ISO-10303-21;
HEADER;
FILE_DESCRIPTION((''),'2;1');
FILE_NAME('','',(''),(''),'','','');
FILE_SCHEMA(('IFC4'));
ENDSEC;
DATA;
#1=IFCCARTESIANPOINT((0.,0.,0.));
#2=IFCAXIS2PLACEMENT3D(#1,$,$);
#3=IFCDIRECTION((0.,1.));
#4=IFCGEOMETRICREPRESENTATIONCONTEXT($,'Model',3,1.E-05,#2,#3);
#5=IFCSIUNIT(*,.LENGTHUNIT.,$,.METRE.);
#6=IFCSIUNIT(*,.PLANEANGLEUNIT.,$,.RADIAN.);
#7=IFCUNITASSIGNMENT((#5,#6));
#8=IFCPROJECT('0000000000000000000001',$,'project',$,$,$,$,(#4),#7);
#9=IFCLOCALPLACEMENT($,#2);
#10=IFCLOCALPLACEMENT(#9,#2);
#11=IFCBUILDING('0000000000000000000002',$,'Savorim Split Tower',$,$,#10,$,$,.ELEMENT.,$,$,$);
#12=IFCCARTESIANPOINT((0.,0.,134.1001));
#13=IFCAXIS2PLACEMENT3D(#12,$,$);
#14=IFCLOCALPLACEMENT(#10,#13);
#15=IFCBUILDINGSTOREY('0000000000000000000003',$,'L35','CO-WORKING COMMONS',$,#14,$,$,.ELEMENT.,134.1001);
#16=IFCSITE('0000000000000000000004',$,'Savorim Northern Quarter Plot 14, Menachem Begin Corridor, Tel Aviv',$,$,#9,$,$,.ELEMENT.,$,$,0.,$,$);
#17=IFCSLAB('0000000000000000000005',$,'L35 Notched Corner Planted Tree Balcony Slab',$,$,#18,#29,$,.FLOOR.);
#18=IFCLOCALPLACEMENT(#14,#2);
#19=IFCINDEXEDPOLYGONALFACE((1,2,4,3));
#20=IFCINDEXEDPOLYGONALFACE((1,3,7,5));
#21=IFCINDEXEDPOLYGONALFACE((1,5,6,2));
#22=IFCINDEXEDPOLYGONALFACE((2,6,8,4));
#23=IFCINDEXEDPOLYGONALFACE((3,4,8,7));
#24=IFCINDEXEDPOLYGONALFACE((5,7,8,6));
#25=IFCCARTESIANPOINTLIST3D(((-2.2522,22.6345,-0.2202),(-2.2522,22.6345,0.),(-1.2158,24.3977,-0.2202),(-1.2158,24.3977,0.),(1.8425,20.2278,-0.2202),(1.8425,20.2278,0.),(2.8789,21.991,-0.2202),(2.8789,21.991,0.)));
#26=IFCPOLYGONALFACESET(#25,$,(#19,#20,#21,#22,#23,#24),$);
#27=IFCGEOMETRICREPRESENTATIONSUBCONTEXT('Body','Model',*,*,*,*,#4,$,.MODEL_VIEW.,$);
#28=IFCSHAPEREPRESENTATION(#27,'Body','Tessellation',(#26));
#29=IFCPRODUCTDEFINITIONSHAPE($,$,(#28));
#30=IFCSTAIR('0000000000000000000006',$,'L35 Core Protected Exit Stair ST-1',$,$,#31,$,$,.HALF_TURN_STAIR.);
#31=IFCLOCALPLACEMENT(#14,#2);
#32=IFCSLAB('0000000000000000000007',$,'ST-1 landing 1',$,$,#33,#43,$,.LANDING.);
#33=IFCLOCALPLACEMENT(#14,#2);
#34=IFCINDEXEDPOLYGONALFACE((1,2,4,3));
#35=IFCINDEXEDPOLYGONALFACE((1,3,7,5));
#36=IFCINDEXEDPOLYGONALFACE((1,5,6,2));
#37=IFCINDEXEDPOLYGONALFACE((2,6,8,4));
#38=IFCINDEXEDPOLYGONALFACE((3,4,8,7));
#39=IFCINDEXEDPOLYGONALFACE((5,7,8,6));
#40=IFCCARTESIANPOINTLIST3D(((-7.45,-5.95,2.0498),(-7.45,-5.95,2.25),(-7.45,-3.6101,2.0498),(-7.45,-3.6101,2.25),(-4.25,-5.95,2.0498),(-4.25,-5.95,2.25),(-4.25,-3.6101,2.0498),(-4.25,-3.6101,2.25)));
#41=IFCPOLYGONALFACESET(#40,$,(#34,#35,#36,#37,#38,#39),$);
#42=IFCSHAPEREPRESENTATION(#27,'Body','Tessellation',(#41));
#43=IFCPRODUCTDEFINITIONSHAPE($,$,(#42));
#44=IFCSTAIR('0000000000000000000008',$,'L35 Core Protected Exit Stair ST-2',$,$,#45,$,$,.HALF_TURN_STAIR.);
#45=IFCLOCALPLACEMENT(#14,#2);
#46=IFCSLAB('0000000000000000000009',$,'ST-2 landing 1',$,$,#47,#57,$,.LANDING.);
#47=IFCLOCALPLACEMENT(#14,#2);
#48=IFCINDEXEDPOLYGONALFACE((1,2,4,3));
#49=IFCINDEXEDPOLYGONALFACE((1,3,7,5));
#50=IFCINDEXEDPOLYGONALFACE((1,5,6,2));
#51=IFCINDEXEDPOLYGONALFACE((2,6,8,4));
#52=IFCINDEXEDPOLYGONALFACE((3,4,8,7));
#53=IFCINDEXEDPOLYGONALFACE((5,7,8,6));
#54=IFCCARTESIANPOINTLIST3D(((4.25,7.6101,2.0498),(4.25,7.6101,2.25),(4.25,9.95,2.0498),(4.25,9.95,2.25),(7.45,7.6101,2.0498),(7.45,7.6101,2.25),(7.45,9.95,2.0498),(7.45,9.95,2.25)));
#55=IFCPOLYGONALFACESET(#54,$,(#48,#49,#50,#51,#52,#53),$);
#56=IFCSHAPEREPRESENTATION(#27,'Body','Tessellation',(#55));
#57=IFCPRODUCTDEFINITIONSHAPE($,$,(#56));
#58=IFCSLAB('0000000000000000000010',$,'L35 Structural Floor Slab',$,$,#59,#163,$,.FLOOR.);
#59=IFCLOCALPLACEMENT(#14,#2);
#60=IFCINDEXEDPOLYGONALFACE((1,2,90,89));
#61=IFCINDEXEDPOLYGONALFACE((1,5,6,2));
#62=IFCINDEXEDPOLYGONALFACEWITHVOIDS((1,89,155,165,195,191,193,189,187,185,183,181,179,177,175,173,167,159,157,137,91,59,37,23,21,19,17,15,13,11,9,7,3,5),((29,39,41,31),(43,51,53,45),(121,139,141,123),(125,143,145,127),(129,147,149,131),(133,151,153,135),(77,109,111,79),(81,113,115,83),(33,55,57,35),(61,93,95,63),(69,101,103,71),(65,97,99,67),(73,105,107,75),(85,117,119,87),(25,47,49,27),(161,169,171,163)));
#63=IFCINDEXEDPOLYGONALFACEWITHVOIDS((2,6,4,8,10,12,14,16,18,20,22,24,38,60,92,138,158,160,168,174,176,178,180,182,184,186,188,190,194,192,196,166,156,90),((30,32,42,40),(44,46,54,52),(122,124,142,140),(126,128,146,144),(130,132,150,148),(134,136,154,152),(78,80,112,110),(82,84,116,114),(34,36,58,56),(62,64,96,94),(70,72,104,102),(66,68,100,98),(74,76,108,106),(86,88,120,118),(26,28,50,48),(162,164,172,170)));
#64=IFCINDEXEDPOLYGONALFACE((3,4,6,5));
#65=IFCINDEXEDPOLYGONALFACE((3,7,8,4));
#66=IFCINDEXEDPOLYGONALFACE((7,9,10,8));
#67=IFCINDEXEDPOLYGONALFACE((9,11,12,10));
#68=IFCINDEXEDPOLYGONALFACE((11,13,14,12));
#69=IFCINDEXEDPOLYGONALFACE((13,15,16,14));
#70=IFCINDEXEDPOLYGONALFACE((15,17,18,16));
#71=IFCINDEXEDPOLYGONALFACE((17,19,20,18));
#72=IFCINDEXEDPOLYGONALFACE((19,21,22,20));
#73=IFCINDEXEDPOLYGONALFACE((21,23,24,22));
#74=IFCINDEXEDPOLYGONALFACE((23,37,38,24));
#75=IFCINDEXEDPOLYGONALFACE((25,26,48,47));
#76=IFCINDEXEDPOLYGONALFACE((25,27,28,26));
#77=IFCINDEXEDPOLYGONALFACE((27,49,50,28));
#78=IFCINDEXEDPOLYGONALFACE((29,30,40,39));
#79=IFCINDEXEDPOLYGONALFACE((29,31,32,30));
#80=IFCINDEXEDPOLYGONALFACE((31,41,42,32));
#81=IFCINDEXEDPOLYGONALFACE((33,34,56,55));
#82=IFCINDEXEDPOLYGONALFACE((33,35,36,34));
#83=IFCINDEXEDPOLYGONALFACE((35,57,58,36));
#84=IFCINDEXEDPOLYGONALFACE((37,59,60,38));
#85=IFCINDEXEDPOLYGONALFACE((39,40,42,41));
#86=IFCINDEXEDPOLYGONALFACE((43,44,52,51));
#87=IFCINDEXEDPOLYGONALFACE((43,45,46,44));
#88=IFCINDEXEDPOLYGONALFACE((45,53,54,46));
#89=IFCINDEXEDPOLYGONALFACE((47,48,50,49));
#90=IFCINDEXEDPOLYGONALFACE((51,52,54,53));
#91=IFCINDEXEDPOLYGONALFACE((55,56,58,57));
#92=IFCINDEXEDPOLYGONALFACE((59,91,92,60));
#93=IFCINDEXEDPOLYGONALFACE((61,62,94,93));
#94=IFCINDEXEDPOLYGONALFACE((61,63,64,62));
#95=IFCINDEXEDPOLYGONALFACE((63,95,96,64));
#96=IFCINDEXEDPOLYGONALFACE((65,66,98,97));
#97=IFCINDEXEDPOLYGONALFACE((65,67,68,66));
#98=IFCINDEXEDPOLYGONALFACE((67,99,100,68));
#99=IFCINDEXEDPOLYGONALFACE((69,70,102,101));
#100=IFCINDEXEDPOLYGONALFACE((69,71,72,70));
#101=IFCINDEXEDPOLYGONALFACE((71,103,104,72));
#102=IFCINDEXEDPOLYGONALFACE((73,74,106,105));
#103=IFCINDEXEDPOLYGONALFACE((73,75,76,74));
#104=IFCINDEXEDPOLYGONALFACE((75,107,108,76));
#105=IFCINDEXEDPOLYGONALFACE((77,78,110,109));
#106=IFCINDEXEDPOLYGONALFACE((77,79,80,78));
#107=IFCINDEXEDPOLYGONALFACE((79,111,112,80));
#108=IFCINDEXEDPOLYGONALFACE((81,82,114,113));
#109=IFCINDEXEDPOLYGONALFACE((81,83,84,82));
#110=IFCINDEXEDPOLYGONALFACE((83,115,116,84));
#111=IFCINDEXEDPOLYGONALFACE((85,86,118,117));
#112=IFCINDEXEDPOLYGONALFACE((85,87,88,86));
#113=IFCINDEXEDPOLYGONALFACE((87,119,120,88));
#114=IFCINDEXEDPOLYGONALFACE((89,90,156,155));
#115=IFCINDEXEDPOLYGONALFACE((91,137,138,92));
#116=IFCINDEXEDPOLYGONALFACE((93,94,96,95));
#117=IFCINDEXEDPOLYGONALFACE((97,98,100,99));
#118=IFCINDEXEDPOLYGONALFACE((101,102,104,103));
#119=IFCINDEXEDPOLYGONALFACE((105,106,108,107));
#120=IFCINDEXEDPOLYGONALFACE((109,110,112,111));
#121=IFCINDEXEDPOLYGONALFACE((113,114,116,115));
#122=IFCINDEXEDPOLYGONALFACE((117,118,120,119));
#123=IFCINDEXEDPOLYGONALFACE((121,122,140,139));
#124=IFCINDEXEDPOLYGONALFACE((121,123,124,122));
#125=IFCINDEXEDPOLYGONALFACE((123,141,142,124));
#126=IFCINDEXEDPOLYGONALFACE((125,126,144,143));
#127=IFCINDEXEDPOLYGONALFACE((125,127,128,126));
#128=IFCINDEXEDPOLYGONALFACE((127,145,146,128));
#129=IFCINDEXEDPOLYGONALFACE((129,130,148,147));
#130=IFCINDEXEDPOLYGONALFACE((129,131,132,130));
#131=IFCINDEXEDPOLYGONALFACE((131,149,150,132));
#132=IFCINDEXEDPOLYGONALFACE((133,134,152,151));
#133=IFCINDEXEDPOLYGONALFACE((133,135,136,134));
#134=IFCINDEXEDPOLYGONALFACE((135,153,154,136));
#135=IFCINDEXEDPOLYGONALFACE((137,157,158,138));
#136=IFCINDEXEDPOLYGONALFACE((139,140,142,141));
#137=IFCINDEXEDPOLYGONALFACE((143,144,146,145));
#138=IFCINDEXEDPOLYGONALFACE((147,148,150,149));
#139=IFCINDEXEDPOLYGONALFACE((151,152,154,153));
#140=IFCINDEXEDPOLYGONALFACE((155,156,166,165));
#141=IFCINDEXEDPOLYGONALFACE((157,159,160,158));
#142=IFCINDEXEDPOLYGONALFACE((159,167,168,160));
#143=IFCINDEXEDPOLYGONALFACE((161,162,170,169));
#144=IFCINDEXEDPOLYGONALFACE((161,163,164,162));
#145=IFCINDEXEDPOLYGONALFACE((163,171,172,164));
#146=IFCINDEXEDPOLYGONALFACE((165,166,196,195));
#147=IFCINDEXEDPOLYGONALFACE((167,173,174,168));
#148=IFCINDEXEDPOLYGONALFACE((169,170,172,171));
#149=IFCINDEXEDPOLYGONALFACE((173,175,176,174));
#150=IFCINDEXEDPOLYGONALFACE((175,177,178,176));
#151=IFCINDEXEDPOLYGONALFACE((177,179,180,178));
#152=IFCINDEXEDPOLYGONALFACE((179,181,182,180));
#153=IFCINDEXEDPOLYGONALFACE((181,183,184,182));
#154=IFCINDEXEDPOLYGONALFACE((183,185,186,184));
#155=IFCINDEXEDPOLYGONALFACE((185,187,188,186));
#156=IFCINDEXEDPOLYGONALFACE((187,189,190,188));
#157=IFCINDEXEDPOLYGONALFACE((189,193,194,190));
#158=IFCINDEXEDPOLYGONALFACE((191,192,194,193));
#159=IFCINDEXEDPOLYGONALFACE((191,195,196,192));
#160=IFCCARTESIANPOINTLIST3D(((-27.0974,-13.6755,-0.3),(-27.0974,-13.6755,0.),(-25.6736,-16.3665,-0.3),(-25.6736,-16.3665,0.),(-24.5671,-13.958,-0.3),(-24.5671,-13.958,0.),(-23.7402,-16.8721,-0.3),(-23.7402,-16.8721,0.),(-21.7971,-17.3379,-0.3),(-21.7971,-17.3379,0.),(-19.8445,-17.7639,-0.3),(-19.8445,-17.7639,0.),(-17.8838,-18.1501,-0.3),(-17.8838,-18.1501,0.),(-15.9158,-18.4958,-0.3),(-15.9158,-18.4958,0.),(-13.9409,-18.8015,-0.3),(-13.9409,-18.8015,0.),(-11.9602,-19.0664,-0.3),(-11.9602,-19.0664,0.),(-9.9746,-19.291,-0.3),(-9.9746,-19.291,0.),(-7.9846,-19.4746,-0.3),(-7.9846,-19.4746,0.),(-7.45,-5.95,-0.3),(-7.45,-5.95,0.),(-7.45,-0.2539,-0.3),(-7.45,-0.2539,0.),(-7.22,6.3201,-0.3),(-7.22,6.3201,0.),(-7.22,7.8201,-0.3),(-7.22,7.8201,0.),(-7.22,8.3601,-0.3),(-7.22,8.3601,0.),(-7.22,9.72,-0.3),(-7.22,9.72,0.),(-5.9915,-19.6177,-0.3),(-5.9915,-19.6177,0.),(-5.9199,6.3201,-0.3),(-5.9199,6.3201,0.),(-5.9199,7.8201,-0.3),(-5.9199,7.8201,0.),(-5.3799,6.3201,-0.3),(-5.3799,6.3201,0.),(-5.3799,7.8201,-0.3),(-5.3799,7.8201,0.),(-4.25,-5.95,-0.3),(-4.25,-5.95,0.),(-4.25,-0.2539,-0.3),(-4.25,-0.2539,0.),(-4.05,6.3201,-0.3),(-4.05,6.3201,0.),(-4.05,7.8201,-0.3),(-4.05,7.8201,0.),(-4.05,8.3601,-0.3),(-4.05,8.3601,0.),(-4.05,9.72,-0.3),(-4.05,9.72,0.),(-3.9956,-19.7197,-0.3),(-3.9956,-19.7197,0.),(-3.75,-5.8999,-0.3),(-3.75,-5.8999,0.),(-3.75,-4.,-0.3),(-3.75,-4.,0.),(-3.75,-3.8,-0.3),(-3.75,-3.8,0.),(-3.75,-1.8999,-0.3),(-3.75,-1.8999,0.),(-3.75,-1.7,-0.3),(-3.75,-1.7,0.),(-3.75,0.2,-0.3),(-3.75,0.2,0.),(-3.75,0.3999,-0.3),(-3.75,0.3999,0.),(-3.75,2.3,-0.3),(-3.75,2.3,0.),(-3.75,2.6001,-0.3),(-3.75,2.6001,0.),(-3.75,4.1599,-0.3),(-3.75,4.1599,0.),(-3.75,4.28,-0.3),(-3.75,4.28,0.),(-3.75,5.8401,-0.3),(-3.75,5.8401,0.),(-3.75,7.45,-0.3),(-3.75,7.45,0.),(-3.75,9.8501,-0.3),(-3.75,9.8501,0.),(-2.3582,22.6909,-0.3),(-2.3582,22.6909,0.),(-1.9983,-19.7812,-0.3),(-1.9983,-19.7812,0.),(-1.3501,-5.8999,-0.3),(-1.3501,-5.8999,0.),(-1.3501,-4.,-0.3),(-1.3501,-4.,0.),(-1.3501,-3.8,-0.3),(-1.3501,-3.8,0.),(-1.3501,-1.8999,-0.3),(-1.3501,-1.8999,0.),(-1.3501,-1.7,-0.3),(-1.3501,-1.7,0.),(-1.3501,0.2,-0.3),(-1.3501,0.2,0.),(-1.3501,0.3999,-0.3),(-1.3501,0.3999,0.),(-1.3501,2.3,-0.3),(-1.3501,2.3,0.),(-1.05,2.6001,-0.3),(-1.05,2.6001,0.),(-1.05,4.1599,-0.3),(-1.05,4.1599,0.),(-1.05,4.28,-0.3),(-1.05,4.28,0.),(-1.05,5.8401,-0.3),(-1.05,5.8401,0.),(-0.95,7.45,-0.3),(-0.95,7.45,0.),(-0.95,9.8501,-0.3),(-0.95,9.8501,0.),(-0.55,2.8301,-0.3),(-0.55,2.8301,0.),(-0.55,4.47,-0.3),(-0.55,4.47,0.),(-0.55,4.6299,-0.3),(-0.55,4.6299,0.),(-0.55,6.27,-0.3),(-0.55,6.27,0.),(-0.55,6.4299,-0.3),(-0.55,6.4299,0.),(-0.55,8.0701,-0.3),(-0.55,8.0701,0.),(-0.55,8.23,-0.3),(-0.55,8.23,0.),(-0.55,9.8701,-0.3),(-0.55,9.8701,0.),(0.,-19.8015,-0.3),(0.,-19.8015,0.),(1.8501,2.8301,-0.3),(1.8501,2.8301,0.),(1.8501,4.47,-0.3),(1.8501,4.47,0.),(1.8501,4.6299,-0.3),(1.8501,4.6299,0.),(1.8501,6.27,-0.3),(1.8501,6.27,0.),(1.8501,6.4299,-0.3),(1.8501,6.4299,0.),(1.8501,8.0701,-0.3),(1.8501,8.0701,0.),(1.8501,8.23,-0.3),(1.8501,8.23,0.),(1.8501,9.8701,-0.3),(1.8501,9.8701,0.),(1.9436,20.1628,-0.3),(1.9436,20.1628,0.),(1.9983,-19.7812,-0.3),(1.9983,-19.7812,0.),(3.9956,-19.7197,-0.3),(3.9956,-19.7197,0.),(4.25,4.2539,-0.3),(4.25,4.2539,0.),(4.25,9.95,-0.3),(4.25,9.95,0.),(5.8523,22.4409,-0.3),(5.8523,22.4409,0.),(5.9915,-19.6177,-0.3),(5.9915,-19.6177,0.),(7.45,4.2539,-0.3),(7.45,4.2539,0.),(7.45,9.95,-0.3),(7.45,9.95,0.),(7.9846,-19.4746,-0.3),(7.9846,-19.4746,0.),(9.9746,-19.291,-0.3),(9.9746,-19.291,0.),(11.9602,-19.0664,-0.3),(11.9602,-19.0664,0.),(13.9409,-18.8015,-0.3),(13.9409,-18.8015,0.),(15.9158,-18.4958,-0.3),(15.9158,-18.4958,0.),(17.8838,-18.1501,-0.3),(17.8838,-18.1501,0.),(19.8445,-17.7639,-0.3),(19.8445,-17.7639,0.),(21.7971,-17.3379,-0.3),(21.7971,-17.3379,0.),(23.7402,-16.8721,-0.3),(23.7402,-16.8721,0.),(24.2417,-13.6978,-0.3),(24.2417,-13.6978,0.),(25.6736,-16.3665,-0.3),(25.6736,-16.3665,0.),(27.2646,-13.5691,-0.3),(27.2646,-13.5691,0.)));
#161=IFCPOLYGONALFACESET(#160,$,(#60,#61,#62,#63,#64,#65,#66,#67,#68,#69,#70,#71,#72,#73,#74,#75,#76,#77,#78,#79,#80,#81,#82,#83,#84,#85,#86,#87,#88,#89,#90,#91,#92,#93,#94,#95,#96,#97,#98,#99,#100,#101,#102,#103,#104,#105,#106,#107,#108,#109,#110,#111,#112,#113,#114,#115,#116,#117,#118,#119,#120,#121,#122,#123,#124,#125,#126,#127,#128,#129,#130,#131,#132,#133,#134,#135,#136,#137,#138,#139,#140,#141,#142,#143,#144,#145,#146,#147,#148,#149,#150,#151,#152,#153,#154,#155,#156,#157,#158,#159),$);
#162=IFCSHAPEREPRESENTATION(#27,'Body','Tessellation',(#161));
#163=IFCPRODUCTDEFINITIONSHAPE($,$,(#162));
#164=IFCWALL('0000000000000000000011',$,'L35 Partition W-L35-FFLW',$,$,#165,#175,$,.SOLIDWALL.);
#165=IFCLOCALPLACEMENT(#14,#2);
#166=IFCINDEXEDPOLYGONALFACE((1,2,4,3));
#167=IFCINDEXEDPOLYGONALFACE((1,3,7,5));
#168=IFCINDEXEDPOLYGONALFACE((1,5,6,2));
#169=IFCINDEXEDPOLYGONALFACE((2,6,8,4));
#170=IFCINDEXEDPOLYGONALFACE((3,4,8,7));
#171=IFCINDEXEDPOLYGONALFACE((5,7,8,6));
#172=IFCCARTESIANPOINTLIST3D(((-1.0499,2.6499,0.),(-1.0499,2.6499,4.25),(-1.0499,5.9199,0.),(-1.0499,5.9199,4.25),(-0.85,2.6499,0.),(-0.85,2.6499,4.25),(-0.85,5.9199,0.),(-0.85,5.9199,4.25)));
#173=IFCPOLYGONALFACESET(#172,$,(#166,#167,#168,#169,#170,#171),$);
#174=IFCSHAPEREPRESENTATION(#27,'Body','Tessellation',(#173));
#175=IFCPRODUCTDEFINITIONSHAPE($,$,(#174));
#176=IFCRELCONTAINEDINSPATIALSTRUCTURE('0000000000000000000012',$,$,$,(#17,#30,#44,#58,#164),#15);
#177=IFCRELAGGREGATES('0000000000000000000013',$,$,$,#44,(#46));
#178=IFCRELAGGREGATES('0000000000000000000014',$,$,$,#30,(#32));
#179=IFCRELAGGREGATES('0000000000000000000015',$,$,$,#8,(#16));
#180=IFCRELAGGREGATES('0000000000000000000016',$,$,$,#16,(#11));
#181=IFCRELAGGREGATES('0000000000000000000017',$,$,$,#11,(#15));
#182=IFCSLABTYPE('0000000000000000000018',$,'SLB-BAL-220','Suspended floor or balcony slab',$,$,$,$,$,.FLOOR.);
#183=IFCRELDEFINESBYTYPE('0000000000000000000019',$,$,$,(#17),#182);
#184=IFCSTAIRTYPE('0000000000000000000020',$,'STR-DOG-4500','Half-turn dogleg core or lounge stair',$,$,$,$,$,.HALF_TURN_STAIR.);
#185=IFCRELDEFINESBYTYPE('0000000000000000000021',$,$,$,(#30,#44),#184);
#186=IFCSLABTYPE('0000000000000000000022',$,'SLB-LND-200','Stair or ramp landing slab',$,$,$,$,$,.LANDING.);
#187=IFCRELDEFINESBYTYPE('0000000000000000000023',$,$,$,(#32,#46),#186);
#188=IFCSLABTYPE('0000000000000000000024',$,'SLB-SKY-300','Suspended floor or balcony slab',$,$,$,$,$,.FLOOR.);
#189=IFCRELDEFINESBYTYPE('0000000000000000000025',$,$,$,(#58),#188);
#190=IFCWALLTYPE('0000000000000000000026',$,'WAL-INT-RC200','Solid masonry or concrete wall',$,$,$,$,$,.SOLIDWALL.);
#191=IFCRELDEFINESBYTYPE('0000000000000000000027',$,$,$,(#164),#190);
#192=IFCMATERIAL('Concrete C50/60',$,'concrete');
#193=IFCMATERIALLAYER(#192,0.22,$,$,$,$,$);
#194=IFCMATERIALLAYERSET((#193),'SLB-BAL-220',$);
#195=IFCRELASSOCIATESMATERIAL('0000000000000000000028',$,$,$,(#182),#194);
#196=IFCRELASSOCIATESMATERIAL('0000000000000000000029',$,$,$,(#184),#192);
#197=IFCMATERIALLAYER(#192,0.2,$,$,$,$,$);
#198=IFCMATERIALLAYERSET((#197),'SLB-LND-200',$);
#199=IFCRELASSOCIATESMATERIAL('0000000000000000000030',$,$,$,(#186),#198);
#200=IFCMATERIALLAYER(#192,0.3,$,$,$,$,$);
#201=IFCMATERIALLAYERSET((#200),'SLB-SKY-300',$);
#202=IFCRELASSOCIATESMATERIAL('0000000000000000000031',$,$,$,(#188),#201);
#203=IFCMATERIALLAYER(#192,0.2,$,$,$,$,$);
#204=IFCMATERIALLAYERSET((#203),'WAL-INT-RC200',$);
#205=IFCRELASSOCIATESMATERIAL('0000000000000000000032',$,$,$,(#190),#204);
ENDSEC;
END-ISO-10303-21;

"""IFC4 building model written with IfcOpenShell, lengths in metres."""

from ifc_helpers import new_model, si_unit, direction, frame, frame_2d, origin, place, context, subcontext, project, spatial, polyline, rectangle, outline, extrude, material, layer, layer_set, type_object, element, aggregate, save


model = new_model("IFC4")

# Units and contexts
model_context = context("Model", 3, precision=1e-05, world=origin(), true_north=direction((0.0, 1.0)))
body_context = subcontext(model_context, "Body", "Model", "MODEL_VIEW")
ifc_project = project(units=[si_unit("LENGTHUNIT", "METRE"), si_unit("PLANEANGLEUNIT", "RADIAN")], contexts=[model_context])

# Site, building, storey
site_placement = place(None, origin())
site = spatial("IfcSite", under=ifc_project, at=site_placement, Name="Savorim Northern Quarter Plot 14, Menachem Begin Corridor, Tel Aviv", CompositionType="ELEMENT", RefElevation=0.0)
building_placement = place(site_placement, origin())
building = spatial("IfcBuilding", under=site, at=building_placement, Name="Savorim Split Tower", CompositionType="ELEMENT")
storey_placement = place(building_placement, frame((0.0, 0.0, 134.1001)))
storey = spatial("IfcBuildingStorey", under=building, at=storey_placement, Name="L35", Description="CO-WORKING COMMONS", CompositionType="ELEMENT", Elevation=134.1001)

# Slab
ifc_material_1 = material(Name="Concrete C50/60", Category="concrete")
ifc_layer_1 = layer(ifc_material_1, 0.22)
ifc_layer_set_1 = layer_set([ifc_layer_1], Name="SLB-BAL-220")
slab_type_1 = type_object("IfcSlabType", Name="SLB-BAL-220", Description="Suspended floor or balcony slab", PredefinedType="FLOOR", material=ifc_layer_set_1)
slab_1_placement = place(storey_placement, frame((0.0, 0.0, -0.2202)))
element("IfcSlab", 1, at=slab_1_placement, inside=storey, type_object=slab_type_1, Name="L35 Notched Corner Planted Tree Balcony Slab", PredefinedType="FLOOR", context=body_context, shape_type="SweptSolid", body=[
    extrude(outline(polyline([(-2.2522, 22.6345), (1.8425, 20.2278), (2.8789, 21.991), (-1.2158, 24.3977), (-2.2522, 22.6345)])), origin(), (0.0, 0.0, 1.0), 0.2202),
])

# Stairs, slabs
stair_type = type_object("IfcStairType", Name="STR-DOG-4500", Description="Half-turn dogleg core or lounge stair", PredefinedType="HALF_TURN_STAIR", material=ifc_material_1)
stair_1_placement = place(storey_placement, origin())
stair_1 = element("IfcStair", 2, at=stair_1_placement, inside=storey, type_object=stair_type, Name="L35 Core Protected Exit Stair ST-1", PredefinedType="HALF_TURN_STAIR")
ifc_layer_2 = layer(ifc_material_1, 0.2)
ifc_layer_set_2 = layer_set([ifc_layer_2], Name="SLB-LND-200")
slab_type_2 = type_object("IfcSlabType", Name="SLB-LND-200", Description="Stair or ramp landing slab", PredefinedType="LANDING", material=ifc_layer_set_2)
slab_2_placement = place(storey_placement, frame((0.0, 0.0, 2.0498)))
slab_2 = element("IfcSlab", 3, at=slab_2_placement, type_object=slab_type_2, Name="ST-1 landing 1", PredefinedType="LANDING", context=body_context, shape_type="SweptSolid", body=[
    extrude(outline(polyline([(-7.45, -3.6101), (-7.45, -5.95), (-4.25, -5.95), (-4.25, -3.6101), (-7.45, -3.6101)])), origin(), (0.0, 0.0, 1.0), 0.2002),
])
stair_2_placement = place(storey_placement, origin())
stair_2 = element("IfcStair", 4, at=stair_2_placement, inside=storey, type_object=stair_type, Name="L35 Core Protected Exit Stair ST-2", PredefinedType="HALF_TURN_STAIR")
slab_3_placement = place(storey_placement, frame((0.0, 0.0, 2.0498)))
slab_3 = element("IfcSlab", 5, at=slab_3_placement, type_object=slab_type_2, Name="ST-2 landing 1", PredefinedType="LANDING", context=body_context, shape_type="SweptSolid", body=[
    extrude(outline(polyline([(7.45, 7.6101), (7.45, 9.95), (4.25, 9.95), (4.25, 7.6101), (7.45, 7.6101)])), origin(), (0.0, 0.0, 1.0), 0.2002),
])
aggregate(stair_2, [slab_3])

# Slab
ifc_layer_3 = layer(ifc_material_1, 0.3)
ifc_layer_set_3 = layer_set([ifc_layer_3], Name="SLB-SKY-300")
slab_type_3 = type_object("IfcSlabType", Name="SLB-SKY-300", Description="Suspended floor or balcony slab", PredefinedType="FLOOR", material=ifc_layer_set_3)
slab_4_placement = place(storey_placement, frame((0.0, 0.0, -0.3)))
element("IfcSlab", 6, at=slab_4_placement, inside=storey, type_object=slab_type_3, Name="L35 Structural Floor Slab", PredefinedType="FLOOR", context=body_context, shape_type="SweptSolid", body=[
    extrude(outline(polyline([(-25.6736, -16.3665), (-23.7402, -16.8721), (-21.7971, -17.3379), (-19.8445, -17.7639), (-17.8838, -18.1501), (-15.9158, -18.4958), (-13.9409, -18.8015), (-11.9602, -19.0664), (-9.9746, -19.291), (-7.9846, -19.4746), (-5.9915, -19.6177), (-3.9956, -19.7197), (-1.9983, -19.7812), (0.0, -19.8015), (1.9983, -19.7812), (3.9956, -19.7197), (5.9915, -19.6177), (7.9846, -19.4746), (9.9746, -19.291), (11.9602, -19.0664), (13.9409, -18.8015), (15.9158, -18.4958), (17.8838, -18.1501), (19.8445, -17.7639), (21.7971, -17.3379), (23.7402, -16.8721), (25.6736, -16.3665), (24.2417, -13.6978), (27.2646, -13.5691), (5.8523, 22.4409), (1.9436, 20.1628), (-2.3582, 22.6909), (-27.0974, -13.6755), (-24.5671, -13.958), (-25.6736, -16.3665)]), holes=[polyline([(-7.45, -0.2539), (-7.45, -5.95), (-4.25, -5.95), (-4.25, -0.2539), (-7.45, -0.2539)]), polyline([(7.45, 4.2539), (7.45, 9.95), (4.25, 9.95), (4.25, 4.2539), (7.45, 4.2539)]), polyline([(-3.75, -5.8999), (-1.3501, -5.8999), (-1.3501, -4.0), (-3.75, -4.0), (-3.75, -5.8999)]), polyline([(-3.75, -3.8), (-1.3501, -3.8), (-1.3501, -1.8999), (-3.75, -1.8999), (-3.75, -3.8)]), polyline([(-3.75, -1.7), (-1.3501, -1.7), (-1.3501, 0.2), (-3.75, 0.2), (-3.75, -1.7)]), polyline([(-3.75, 0.3999), (-1.3501, 0.3999), (-1.3501, 2.3), (-3.75, 2.3), (-3.75, 0.3999)]), polyline([(-0.55, 2.8301), (1.8501, 2.8301), (1.8501, 4.47), (-0.55, 4.47), (-0.55, 2.8301)]), polyline([(-0.55, 4.6299), (1.8501, 4.6299), (1.8501, 6.27), (-0.55, 6.27), (-0.55, 4.6299)]), polyline([(-0.55, 6.4299), (1.8501, 6.4299), (1.8501, 8.0701), (-0.55, 8.0701), (-0.55, 6.4299)]), polyline([(-0.55, 8.23), (1.8501, 8.23), (1.8501, 9.8701), (-0.55, 9.8701), (-0.55, 8.23)]), polyline([(-3.75, 2.6001), (-1.05, 2.6001), (-1.05, 4.1599), (-3.75, 4.1599), (-3.75, 2.6001)]), polyline([(-3.75, 4.28), (-1.05, 4.28), (-1.05, 5.8401), (-3.75, 5.8401), (-3.75, 4.28)]), polyline([(-3.75, 7.45), (-0.95, 7.45), (-0.95, 9.8501), (-3.75, 9.8501), (-3.75, 7.45)]), polyline([(-7.22, 6.3201), (-5.9199, 6.3201), (-5.9199, 7.8201), (-7.22, 7.8201), (-7.22, 6.3201)]), polyline([(-5.3799, 6.3201), (-4.05, 6.3201), (-4.05, 7.8201), (-5.3799, 7.8201), (-5.3799, 6.3201)]), polyline([(-7.22, 8.3601), (-4.05, 8.3601), (-4.05, 9.72), (-7.22, 9.72), (-7.22, 8.3601)])]), origin(), (0.0, 0.0, 1.0), 0.3),
])

# Shared definitions
ifc_layer_4 = layer(ifc_material_1, 0.2)
ifc_layer_set_4 = layer_set([ifc_layer_4], Name="WAL-INT-RC200")
wall_type_1 = type_object("IfcWallType", Name="WAL-INT-RC200", Description="Solid masonry or concrete wall", PredefinedType="SOLIDWALL", material=ifc_layer_set_4)

# Wall
wall_1_placement = place(storey_placement, frame((-0.95, 2.6499, 0.0), z_axis=(0.0, 0.0, 1.0), x_axis=(0.0, 1.0, 0.0)))
element("IfcWall", 7, at=wall_1_placement, inside=storey, type_object=wall_type_1, Name="L35 Partition W-L35-FFLW", PredefinedType="SOLIDWALL", context=body_context, shape_type="SweptSolid", body=[
    extrude(rectangle(XDim=3.27, YDim=0.2, at=frame_2d((1.635, 0.0))), origin(), (0.0, 0.0, 1.0), 4.25),
])

aggregate(stair_1, [slab_2])

save(model, "model.ifc")
